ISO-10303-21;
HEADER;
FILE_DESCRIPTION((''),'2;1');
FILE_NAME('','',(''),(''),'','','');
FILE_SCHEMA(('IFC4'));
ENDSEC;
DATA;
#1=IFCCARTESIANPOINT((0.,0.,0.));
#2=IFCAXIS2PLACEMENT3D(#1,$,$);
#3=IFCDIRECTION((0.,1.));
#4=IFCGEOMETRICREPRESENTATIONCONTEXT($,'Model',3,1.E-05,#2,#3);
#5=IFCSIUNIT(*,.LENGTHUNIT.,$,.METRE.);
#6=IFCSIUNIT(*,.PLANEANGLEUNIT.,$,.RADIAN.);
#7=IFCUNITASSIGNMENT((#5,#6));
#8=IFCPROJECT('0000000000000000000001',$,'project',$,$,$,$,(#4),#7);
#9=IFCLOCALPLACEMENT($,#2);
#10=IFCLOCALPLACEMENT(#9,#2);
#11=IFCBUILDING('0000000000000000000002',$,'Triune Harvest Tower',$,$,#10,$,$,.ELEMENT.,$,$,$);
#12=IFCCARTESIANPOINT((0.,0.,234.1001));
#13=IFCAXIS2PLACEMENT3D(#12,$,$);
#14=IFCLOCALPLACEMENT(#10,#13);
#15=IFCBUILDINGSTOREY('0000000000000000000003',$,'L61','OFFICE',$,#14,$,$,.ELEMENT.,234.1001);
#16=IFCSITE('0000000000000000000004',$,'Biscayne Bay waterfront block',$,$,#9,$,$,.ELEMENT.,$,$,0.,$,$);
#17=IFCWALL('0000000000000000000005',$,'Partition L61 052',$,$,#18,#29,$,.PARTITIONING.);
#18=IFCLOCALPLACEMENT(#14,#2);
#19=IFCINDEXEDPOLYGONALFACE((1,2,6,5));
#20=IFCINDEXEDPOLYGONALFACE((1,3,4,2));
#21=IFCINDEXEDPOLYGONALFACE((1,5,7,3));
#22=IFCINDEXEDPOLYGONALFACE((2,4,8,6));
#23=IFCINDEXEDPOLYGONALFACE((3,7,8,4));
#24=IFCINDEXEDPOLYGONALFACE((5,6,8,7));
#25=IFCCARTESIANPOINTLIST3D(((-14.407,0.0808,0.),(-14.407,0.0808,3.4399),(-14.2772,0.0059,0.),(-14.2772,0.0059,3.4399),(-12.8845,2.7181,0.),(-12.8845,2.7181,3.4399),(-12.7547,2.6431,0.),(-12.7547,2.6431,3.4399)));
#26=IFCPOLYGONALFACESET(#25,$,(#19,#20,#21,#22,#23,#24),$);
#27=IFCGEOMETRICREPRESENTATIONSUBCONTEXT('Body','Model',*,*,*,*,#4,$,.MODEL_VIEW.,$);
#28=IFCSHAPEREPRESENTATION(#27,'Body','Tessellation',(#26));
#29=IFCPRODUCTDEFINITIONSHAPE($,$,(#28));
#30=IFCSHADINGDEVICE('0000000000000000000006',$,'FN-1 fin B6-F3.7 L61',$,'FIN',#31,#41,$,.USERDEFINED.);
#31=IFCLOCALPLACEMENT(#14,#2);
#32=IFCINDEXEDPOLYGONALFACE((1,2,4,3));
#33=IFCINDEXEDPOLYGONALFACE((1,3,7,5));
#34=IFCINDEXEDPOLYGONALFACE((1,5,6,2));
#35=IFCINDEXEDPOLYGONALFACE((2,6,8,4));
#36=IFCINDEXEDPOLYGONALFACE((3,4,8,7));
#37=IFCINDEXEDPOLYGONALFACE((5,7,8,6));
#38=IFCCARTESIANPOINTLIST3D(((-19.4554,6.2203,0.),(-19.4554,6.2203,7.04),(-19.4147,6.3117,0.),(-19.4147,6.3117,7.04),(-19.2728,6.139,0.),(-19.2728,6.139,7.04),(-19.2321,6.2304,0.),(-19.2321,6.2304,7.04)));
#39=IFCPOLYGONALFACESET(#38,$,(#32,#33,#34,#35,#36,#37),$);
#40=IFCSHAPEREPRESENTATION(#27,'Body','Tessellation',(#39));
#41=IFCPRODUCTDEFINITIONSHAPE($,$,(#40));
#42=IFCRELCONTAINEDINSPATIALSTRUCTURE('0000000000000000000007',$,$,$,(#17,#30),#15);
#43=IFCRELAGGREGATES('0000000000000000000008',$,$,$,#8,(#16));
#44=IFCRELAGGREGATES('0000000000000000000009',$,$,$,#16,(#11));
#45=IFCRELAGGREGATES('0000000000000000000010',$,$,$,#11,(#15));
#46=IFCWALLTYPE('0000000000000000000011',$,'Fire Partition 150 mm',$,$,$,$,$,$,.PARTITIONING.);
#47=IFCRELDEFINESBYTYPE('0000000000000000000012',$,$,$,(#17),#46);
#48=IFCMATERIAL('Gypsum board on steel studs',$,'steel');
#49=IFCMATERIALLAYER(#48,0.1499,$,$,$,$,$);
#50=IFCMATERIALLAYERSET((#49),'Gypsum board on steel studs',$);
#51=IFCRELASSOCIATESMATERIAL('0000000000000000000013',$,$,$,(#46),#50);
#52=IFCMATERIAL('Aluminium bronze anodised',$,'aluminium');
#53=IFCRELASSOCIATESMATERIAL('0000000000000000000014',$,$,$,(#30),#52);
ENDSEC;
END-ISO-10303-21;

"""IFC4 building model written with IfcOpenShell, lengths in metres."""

from ifc_helpers import new_model, si_unit, direction, frame, frame_2d, origin, origin_2d, place, context, subcontext, project, spatial, rectangle, extrude, source, transform, mapped, material, layer, layer_set, type_object, element, save


model = new_model("IFC4")

# Units and contexts
model_context = context("Model", 3, precision=1e-05, world=origin(), true_north=direction((0.0, 1.0)))
body_context = subcontext(model_context, "Body", "Model", "MODEL_VIEW")
ifc_project = project(units=[si_unit("LENGTHUNIT", "METRE"), si_unit("PLANEANGLEUNIT", "RADIAN")], contexts=[model_context])

# Site, building, storey
site_placement = place(None, origin())
site = spatial("IfcSite", under=ifc_project, at=site_placement, Name="Biscayne Bay waterfront block", CompositionType="ELEMENT", RefElevation=0.0)
building_placement = place(site_placement, origin())
building = spatial("IfcBuilding", under=site, at=building_placement, Name="Triune Harvest Tower", CompositionType="ELEMENT")
storey_placement = place(building_placement, frame((0.0, 0.0, 234.1001)))
storey = spatial("IfcBuildingStorey", under=building, at=storey_placement, Name="L61", Description="OFFICE", CompositionType="ELEMENT", Elevation=234.1001)

# Shared definitions
ifc_material_1 = material(Name="Gypsum board on steel studs", Category="steel")
ifc_layer_1 = layer(ifc_material_1, 0.1499)
ifc_layer_set_1 = layer_set([ifc_layer_1], Name="Gypsum board on steel studs")
wall_type_1 = type_object("IfcWallType", Name="Fire Partition 150 mm", PredefinedType="PARTITIONING", material=ifc_layer_set_1)

# Wall
shared_shape_1 = source(origin(), body_context, "Body", "SweptSolid", [
    extrude(rectangle(XDim=3.0452, YDim=0.1499, at=frame_2d((1.5225, 0.0))), origin(), (0.0, 0.0, 1.0), 3.4399),
])
wall_1_placement = place(storey_placement, frame((-14.342, 0.0435, 0.0), z_axis=(0.0, 0.0, 1.0), x_axis=(0.499968, 0.866044, 0.0)))
element("IfcWall", 1, at=wall_1_placement, inside=storey, type_object=wall_type_1, Name="Partition L61 052", PredefinedType="PARTITIONING", context=body_context, shape_type="MappedRepresentation", body=[
    mapped(shared_shape_1, transform((0.0, 0.0, 0.0), scale=1.0)),
])

# Shading device
ifc_material_2 = material(Name="Aluminium bronze anodised", Category="aluminium")
shared_shape_2 = source(origin(), body_context, "Body", "SweptSolid", [
    extrude(rectangle(XDim=0.1001, YDim=0.2, at=origin_2d()), origin(), (0.0, 0.0, 1.0), 7.04),
])
shading_device_placement = place(storey_placement, frame((-19.3438, 6.2253, 0.0), z_axis=(0.0, 0.0, 1.0), x_axis=(-0.406738, -0.913545, 0.0)))
element("IfcShadingDevice", 2, at=shading_device_placement, inside=storey, material=ifc_material_2, Name="FN-1 fin B6-F3.7 L61", ObjectType="FIN", PredefinedType="USERDEFINED", context=body_context, shape_type="MappedRepresentation", body=[
    mapped(shared_shape_2, transform((0.0, 0.0, 0.0), scale=1.0)),
])

save(model, "model.ifc")
